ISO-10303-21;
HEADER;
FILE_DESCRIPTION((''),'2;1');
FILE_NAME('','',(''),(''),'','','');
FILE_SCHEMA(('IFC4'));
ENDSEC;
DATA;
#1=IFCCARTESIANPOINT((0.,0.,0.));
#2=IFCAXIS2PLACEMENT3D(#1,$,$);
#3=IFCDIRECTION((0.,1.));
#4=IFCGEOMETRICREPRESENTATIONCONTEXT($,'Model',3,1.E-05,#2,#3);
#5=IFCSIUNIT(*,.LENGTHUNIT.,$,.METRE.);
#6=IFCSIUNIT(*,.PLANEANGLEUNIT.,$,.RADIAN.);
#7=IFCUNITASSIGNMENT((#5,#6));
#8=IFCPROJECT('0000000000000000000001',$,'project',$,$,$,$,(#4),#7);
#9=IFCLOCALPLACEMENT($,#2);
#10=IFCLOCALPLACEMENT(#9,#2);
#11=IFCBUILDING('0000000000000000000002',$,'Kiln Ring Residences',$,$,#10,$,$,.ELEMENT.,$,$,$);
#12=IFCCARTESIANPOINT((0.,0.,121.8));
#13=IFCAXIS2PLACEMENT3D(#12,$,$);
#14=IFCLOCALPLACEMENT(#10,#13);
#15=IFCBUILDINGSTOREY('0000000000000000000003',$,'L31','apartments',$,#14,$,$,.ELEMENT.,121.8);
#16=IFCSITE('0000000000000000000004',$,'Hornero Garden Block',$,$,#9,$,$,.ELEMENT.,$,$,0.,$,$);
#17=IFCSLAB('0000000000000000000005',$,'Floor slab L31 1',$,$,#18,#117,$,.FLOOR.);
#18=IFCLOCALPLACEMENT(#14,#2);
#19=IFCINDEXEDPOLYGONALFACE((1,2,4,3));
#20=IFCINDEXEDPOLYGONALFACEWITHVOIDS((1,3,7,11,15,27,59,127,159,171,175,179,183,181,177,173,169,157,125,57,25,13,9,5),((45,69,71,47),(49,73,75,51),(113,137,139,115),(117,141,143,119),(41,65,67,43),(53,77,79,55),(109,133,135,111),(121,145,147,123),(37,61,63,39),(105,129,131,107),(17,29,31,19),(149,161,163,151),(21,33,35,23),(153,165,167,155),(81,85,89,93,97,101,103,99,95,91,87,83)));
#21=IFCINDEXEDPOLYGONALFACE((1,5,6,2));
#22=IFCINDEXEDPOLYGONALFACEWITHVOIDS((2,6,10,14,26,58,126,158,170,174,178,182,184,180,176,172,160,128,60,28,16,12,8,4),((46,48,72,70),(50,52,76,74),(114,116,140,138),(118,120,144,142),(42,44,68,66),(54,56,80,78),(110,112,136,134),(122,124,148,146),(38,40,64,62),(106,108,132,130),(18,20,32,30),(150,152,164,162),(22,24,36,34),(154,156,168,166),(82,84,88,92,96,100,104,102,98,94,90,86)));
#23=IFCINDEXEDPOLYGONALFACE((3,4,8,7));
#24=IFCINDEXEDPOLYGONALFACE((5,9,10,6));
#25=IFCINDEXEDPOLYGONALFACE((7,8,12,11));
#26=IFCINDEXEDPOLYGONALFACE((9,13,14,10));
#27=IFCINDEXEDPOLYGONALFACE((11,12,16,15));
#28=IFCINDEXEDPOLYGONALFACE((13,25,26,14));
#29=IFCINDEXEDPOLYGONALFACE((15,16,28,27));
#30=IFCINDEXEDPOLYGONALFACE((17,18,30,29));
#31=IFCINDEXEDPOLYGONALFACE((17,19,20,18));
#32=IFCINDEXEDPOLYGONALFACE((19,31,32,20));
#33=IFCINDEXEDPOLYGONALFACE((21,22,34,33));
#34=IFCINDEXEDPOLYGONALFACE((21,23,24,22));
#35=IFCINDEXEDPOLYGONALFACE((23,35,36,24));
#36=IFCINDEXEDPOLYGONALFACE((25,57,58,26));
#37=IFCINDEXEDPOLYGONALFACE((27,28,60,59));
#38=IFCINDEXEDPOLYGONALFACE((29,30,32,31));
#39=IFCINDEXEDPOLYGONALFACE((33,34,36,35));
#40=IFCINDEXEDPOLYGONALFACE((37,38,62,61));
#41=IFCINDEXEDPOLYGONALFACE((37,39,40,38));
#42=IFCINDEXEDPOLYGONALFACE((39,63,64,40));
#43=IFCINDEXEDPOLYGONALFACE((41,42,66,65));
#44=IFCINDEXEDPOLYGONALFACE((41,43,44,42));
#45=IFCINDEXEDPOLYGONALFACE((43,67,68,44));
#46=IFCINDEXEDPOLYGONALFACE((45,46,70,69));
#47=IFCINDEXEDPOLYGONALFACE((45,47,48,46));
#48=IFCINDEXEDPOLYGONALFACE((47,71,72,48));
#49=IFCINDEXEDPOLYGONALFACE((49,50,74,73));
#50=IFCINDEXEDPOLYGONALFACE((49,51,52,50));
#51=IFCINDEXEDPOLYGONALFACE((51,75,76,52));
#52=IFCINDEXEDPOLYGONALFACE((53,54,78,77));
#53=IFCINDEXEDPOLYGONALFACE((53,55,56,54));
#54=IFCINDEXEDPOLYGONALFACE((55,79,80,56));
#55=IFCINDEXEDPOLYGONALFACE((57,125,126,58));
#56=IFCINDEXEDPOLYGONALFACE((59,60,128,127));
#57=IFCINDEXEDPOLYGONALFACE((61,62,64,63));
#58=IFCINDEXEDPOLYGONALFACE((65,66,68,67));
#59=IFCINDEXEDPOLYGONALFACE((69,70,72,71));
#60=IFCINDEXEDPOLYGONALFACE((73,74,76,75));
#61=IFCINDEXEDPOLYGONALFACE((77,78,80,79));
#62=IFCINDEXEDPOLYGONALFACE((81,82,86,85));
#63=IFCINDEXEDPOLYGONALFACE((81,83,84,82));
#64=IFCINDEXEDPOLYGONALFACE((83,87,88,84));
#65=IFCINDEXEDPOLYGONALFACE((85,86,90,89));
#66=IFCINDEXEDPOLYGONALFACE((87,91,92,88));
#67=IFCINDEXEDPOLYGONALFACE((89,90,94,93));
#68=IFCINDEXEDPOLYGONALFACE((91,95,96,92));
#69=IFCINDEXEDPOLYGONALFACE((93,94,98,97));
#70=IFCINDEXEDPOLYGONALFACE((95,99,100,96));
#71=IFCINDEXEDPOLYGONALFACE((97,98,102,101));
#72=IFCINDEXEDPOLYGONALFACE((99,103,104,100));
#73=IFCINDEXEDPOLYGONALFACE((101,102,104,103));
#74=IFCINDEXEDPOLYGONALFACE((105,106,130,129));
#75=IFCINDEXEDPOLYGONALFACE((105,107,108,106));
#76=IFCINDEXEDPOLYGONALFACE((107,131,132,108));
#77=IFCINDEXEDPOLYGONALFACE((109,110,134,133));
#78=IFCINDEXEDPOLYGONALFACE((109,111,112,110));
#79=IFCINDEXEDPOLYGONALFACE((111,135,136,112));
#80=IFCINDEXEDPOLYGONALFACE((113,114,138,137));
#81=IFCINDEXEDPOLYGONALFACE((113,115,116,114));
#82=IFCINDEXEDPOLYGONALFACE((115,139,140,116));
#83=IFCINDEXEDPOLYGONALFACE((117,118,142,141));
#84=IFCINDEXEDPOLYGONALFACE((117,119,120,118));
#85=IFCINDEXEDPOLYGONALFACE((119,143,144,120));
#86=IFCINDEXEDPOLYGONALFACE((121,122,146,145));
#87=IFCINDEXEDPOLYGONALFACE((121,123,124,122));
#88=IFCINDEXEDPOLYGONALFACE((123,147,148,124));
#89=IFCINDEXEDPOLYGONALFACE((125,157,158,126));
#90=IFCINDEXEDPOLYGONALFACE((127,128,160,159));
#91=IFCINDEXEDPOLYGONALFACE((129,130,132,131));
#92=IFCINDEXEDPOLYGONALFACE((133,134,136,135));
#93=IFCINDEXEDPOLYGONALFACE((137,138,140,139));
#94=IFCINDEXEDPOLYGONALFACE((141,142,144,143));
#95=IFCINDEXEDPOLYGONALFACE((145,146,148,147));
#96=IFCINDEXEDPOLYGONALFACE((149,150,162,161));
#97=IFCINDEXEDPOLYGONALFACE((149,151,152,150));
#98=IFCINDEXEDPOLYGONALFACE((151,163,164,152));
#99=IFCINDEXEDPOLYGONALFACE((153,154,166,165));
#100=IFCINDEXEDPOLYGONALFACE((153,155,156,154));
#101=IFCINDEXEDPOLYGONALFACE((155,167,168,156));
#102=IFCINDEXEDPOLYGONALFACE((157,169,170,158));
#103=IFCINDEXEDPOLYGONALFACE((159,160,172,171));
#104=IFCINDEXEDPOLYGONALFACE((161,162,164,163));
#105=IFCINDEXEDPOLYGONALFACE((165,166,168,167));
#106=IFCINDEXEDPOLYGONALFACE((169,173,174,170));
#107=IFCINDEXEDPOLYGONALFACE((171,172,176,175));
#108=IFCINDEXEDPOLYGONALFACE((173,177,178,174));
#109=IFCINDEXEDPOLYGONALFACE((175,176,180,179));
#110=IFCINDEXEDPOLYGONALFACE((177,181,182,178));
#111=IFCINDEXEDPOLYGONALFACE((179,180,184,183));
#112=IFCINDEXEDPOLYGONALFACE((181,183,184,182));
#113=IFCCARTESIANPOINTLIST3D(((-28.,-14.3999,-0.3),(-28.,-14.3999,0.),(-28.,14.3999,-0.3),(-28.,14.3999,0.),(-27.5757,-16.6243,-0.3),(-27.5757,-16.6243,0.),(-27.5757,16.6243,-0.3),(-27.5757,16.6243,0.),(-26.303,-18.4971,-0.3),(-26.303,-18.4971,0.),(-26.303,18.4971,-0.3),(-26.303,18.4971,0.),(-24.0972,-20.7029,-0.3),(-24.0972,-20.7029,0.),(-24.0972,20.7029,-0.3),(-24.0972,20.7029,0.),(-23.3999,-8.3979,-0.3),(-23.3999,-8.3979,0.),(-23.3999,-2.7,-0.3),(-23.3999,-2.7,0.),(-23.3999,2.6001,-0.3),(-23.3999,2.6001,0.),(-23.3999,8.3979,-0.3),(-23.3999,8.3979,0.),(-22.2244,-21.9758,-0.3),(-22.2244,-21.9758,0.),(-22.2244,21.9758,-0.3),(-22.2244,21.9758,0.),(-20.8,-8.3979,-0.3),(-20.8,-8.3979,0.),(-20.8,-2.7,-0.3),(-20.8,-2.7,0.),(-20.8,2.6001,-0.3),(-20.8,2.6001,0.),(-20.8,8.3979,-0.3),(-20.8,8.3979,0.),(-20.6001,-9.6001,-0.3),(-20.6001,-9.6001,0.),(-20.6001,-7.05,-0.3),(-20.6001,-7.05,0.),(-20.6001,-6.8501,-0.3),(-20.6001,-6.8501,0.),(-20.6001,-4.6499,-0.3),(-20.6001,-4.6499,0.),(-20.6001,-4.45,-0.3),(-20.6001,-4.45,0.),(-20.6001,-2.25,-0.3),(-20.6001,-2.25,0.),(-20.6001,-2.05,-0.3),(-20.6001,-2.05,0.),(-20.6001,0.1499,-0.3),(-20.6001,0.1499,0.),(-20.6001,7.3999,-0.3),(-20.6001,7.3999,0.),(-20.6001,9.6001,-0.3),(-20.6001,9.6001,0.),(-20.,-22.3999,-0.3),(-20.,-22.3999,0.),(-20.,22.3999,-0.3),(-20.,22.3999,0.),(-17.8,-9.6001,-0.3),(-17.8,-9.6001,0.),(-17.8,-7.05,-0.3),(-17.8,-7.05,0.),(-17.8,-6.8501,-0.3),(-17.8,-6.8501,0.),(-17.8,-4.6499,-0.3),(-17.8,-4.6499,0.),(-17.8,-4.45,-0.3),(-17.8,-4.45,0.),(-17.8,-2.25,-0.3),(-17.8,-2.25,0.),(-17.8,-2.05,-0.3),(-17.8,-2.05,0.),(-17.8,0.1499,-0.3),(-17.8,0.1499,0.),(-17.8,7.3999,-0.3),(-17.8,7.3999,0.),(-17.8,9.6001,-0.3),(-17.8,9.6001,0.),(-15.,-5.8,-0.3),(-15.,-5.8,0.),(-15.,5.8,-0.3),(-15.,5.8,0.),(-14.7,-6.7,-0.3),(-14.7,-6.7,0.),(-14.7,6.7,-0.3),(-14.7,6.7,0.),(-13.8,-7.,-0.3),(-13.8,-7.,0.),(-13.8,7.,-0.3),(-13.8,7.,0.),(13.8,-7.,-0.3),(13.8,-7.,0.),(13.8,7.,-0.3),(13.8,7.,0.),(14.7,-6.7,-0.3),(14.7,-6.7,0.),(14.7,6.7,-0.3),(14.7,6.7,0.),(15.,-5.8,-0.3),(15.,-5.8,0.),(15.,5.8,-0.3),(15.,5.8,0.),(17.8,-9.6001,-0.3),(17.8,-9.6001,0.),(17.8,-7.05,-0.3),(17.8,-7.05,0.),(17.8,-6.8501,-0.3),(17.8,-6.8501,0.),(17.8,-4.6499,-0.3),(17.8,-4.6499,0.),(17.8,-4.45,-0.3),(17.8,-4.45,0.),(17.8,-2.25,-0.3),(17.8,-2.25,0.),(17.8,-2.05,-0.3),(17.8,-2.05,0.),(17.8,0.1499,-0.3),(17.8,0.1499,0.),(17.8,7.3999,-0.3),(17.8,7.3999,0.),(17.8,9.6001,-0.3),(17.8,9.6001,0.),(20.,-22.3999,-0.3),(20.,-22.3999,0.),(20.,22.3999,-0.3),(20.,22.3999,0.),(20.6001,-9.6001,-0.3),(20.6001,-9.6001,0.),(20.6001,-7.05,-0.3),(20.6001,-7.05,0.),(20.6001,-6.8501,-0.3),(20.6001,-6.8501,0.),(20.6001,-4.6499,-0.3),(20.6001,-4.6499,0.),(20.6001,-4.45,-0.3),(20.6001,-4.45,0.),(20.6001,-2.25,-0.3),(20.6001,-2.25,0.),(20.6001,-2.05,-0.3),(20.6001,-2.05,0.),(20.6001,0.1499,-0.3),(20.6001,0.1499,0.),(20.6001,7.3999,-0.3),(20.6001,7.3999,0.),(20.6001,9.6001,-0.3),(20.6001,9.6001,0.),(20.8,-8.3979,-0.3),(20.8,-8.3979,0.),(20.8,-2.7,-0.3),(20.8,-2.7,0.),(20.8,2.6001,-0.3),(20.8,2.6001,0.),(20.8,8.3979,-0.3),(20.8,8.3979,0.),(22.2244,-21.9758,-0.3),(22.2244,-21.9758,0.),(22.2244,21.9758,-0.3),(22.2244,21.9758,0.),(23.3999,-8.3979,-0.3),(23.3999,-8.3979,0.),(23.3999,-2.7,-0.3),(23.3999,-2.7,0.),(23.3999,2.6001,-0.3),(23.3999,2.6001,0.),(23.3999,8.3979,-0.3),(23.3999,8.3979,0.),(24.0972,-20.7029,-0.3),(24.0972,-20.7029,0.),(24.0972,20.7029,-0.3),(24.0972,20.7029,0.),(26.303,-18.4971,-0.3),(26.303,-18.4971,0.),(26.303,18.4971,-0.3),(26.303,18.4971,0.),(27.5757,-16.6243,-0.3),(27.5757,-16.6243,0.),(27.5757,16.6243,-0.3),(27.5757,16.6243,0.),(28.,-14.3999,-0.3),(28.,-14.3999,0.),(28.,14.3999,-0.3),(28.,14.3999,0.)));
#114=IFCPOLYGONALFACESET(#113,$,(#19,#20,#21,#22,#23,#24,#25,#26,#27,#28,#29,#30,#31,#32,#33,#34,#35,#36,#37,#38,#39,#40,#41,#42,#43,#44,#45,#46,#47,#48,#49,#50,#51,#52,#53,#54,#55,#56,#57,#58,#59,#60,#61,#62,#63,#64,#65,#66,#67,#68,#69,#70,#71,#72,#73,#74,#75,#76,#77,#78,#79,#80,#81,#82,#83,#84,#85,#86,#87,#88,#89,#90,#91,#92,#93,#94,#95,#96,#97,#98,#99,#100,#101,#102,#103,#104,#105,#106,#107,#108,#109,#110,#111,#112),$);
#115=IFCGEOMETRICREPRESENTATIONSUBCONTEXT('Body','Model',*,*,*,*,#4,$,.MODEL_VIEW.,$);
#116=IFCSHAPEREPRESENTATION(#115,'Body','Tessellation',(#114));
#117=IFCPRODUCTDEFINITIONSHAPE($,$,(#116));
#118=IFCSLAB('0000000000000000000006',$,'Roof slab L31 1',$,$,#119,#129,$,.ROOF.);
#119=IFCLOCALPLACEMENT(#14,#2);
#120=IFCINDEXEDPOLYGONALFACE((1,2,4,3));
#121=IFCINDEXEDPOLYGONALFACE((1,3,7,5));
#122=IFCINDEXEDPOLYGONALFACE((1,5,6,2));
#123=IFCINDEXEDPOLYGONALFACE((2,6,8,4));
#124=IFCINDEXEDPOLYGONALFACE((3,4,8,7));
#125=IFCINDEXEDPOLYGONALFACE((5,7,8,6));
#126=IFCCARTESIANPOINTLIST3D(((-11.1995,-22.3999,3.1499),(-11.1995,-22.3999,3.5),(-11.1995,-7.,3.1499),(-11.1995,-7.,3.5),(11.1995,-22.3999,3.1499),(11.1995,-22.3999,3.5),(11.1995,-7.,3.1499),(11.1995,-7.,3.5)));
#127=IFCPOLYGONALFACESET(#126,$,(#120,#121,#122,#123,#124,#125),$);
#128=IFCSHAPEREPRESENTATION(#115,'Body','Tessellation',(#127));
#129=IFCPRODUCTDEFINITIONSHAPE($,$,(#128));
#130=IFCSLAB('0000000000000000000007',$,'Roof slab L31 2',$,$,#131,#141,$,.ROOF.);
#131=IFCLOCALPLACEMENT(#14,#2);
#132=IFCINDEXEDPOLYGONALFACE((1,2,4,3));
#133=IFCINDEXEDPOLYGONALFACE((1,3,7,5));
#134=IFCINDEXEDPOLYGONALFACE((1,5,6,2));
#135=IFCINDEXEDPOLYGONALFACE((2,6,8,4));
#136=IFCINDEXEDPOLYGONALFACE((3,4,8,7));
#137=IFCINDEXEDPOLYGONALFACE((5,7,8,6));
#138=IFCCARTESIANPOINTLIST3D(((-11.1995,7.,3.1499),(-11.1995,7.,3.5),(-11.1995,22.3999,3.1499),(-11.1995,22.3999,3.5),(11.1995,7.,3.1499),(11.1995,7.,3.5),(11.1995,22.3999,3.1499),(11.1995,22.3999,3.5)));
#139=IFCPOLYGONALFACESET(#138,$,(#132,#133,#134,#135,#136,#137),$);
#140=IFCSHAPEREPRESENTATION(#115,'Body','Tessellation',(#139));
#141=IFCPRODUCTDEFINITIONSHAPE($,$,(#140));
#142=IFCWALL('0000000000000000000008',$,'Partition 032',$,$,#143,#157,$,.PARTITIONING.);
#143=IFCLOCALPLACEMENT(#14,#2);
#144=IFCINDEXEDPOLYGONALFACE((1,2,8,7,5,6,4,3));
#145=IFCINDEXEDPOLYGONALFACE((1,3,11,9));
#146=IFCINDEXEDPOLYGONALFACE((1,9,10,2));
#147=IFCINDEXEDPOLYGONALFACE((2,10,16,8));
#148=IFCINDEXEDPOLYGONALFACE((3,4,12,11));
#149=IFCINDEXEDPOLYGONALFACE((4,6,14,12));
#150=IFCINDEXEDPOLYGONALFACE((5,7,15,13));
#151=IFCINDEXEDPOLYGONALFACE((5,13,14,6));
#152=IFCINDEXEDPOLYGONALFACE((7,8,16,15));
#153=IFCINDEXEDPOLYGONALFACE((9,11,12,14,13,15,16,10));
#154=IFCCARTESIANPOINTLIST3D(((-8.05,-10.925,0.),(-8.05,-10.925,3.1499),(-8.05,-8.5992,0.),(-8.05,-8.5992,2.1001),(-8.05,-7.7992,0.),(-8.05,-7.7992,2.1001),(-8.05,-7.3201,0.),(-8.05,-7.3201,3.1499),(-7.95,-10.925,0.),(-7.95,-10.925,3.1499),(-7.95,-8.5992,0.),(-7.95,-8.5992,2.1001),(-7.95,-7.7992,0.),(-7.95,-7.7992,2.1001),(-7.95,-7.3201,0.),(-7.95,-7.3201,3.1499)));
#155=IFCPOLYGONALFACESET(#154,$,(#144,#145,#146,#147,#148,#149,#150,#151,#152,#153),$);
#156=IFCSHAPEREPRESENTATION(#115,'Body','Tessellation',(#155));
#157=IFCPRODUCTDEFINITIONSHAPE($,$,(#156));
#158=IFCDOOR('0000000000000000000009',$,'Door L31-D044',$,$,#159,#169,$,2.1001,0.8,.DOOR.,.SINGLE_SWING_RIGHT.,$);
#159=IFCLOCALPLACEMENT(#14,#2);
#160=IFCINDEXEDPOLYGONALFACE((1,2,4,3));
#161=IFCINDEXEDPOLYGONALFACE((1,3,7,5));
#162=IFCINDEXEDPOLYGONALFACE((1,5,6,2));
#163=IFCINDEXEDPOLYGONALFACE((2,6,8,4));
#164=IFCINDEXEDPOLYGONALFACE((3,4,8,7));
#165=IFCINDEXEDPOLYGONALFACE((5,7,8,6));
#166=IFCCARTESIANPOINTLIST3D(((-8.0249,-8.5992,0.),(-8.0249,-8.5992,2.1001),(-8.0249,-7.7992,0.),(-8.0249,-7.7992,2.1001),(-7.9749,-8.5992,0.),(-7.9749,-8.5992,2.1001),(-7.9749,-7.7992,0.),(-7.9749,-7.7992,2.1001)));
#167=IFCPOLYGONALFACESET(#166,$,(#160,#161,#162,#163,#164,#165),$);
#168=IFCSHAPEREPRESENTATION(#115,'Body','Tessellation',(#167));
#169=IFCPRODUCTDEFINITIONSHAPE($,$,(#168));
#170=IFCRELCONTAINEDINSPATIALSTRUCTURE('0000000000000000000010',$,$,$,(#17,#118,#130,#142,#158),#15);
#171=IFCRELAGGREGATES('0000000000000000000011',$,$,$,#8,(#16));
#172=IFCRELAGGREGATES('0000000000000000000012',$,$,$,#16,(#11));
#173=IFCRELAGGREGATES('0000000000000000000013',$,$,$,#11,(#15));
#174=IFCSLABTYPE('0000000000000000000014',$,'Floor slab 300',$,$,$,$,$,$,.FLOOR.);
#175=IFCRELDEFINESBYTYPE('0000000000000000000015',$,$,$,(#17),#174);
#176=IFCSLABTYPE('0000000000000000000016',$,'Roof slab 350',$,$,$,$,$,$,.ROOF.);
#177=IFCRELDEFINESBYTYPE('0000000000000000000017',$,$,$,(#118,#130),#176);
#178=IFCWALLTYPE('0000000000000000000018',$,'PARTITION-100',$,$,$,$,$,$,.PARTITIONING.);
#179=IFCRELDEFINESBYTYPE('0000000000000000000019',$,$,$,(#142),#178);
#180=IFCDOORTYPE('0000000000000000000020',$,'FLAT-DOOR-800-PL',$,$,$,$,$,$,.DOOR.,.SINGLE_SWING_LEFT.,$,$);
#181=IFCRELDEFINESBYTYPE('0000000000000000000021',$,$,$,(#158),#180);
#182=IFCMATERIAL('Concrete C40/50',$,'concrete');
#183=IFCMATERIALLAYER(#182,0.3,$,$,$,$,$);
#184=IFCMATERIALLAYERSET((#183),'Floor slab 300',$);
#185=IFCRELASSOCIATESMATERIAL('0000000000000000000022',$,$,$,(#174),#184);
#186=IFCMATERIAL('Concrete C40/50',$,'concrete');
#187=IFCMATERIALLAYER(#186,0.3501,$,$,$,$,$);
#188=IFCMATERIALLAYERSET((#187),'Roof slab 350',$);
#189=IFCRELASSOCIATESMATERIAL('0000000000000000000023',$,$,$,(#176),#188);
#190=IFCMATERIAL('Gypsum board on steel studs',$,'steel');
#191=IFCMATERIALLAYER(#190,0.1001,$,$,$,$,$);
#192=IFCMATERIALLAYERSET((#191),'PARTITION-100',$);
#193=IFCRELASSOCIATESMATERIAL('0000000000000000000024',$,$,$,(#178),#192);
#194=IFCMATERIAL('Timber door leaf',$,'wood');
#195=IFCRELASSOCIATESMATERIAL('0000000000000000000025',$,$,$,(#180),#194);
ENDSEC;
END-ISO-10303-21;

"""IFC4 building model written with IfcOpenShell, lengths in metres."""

from ifc_helpers import new_model, si_unit, direction, frame, frame_2d, origin, place, context, subcontext, project, spatial, polyline, rectangle, outline, extrude, material, layer, layer_set, type_object, element, fill, save


model = new_model("IFC4")

# Units and contexts
model_context = context("Model", 3, precision=1e-05, world=origin(), true_north=direction((0.0, 1.0)))
body_context = subcontext(model_context, "Body", "Model", "MODEL_VIEW")
ifc_project = project(units=[si_unit("LENGTHUNIT", "METRE"), si_unit("PLANEANGLEUNIT", "RADIAN")], contexts=[model_context])

# Site, building, storey
site_placement = place(None, origin())
site = spatial("IfcSite", under=ifc_project, at=site_placement, Name="Hornero Garden Block", CompositionType="ELEMENT", RefElevation=0.0)
building_placement = place(site_placement, origin())
building = spatial("IfcBuilding", under=site, at=building_placement, Name="Kiln Ring Residences", CompositionType="ELEMENT")
storey_placement = place(building_placement, frame((0.0, 0.0, 121.8)))
storey = spatial("IfcBuildingStorey", under=building, at=storey_placement, Name="L31", Description="apartments", CompositionType="ELEMENT", Elevation=121.8)

# Slabs
ifc_material_1 = material(Name="Concrete C40/50", Category="concrete")
ifc_layer_1 = layer(ifc_material_1, 0.3)
ifc_layer_set_1 = layer_set([ifc_layer_1], Name="Floor slab 300")
slab_type_1 = type_object("IfcSlabType", Name="Floor slab 300", PredefinedType="FLOOR", material=ifc_layer_set_1)
slab_1_placement = place(storey_placement, frame((0.0, 0.0, -0.3)))
element("IfcSlab", 1, at=slab_1_placement, inside=storey, type_object=slab_type_1, Name="Floor slab L31 1", PredefinedType="FLOOR", context=body_context, shape_type="SweptSolid", body=[
    extrude(outline(polyline([(-26.303, -18.4971), (-24.0972, -20.7029), (-22.2244, -21.9758), (-20.0, -22.3999), (20.0, -22.3999), (22.2244, -21.9758), (24.0972, -20.7029), (26.303, -18.4971), (27.5757, -16.6243), (28.0, -14.3999), (28.0, 14.3999), (27.5757, 16.6243), (26.303, 18.4971), (24.0972, 20.7029), (22.2244, 21.9758), (20.0, 22.3999), (-20.0, 22.3999), (-22.2244, 21.9758), (-24.0972, 20.7029), (-26.303, 18.4971), (-27.5757, 16.6243), (-28.0, 14.3999), (-28.0, -14.3999), (-27.5757, -16.6243), (-26.303, -18.4971)]), holes=[polyline([(-14.7, -6.7), (-15.0, -5.8), (-15.0, 5.8), (-14.7, 6.7), (-13.8, 7.0), (13.8, 7.0), (14.7, 6.7), (15.0, 5.8), (15.0, -5.8), (14.7, -6.7), (13.8, -7.0), (-13.8, -7.0), (-14.7, -6.7)]), polyline([(20.8, -8.3979), (20.8, -2.7), (23.3999, -2.7), (23.3999, -8.3979), (20.8, -8.3979)]), polyline([(20.8, 2.6001), (20.8, 8.3979), (23.3999, 8.3979), (23.3999, 2.6001), (20.8, 2.6001)]), polyline([(17.8, -6.8501), (17.8, -4.6499), (20.6001, -4.6499), (20.6001, -6.8501), (17.8, -6.8501)]), polyline([(17.8, -4.45), (17.8, -2.25), (20.6001, -2.25), (20.6001, -4.45), (17.8, -4.45)]), polyline([(17.8, -2.05), (17.8, 0.1499), (20.6001, 0.1499), (20.6001, -2.05), (17.8, -2.05)]), polyline([(17.8, 7.3999), (17.8, 9.6001), (20.6001, 9.6001), (20.6001, 7.3999), (17.8, 7.3999)]), polyline([(20.6001, -9.6001), (17.8, -9.6001), (17.8, -7.05), (20.6001, -7.05), (20.6001, -9.6001)]), polyline([(-17.8, -7.05), (-17.8, -9.6001), (-20.6001, -9.6001), (-20.6001, -7.05), (-17.8, -7.05)]), polyline([(-17.8, -6.8501), (-20.6001, -6.8501), (-20.6001, -4.6499), (-17.8, -4.6499), (-17.8, -6.8501)]), polyline([(-17.8, -4.45), (-20.6001, -4.45), (-20.6001, -2.25), (-17.8, -2.25), (-17.8, -4.45)]), polyline([(-17.8, -2.05), (-20.6001, -2.05), (-20.6001, 0.1499), (-17.8, 0.1499), (-17.8, -2.05)]), polyline([(-17.8, 7.3999), (-20.6001, 7.3999), (-20.6001, 9.6001), (-17.8, 9.6001), (-17.8, 7.3999)]), polyline([(-20.8, -8.3979), (-23.3999, -8.3979), (-23.3999, -2.7), (-20.8, -2.7), (-20.8, -8.3979)]), polyline([(-20.8, 2.6001), (-23.3999, 2.6001), (-23.3999, 8.3979), (-20.8, 8.3979), (-20.8, 2.6001)])]), origin(), (0.0, 0.0, 1.0), 0.3),
])
ifc_material_2 = material(Name="Concrete C40/50", Category="concrete")
ifc_layer_2 = layer(ifc_material_2, 0.3501)
ifc_layer_set_2 = layer_set([ifc_layer_2], Name="Roof slab 350")
slab_type_2 = type_object("IfcSlabType", Name="Roof slab 350", PredefinedType="ROOF", material=ifc_layer_set_2)
placement = place(storey_placement, frame((0.0, 0.0, 3.1499)))
element("IfcSlab", 2, at=placement, inside=storey, type_object=slab_type_2, Name="Roof slab L31 1", PredefinedType="ROOF", context=body_context, shape_type="SweptSolid", body=[
    extrude(outline(polyline([(11.1995, -22.3999), (11.1995, -7.0), (-11.1995, -7.0), (-11.1995, -22.3999), (11.1995, -22.3999)])), origin(), (0.0, 0.0, 1.0), 0.3501),
])
element("IfcSlab", 3, at=placement, inside=storey, type_object=slab_type_2, Name="Roof slab L31 2", PredefinedType="ROOF", context=body_context, shape_type="SweptSolid", body=[
    extrude(outline(polyline([(-11.1995, 22.3999), (-11.1995, 7.0), (11.1995, 7.0), (11.1995, 22.3999), (-11.1995, 22.3999)])), origin(), (0.0, 0.0, 1.0), 0.3501),
])

# Wall, opening, door
ifc_material_3 = material(Name="Gypsum board on steel studs", Category="steel")
ifc_layer_3 = layer(ifc_material_3, 0.1001)
ifc_layer_set_3 = layer_set([ifc_layer_3], Name="PARTITION-100")
wall_type_1 = type_object("IfcWallType", Name="PARTITION-100", PredefinedType="PARTITIONING", material=ifc_layer_set_3)
wall_1_placement = place(storey_placement, frame((-8.0, -10.925, 0.0), z_axis=(0.0, 0.0, 1.0), x_axis=(0.0, 1.0, 0.0)))
wall_1 = element("IfcWall", 4, at=wall_1_placement, inside=storey, type_object=wall_type_1, Name="Partition 032", PredefinedType="PARTITIONING", context=body_context, shape_type="SweptSolid", body=[
    extrude(rectangle(XDim=3.605, YDim=0.1001, at=frame_2d((1.8025, 0.0))), origin(), (0.0, 0.0, 1.0), 3.1499),
])
opening_placement = place(wall_1_placement, frame((2.3259, 0.0, 0.0)))
opening = element("IfcOpeningElement", 5, at=opening_placement, cuts=wall_1, PredefinedType="OPENING", context=body_context, shape_type="SweptSolid", body=[
    extrude(rectangle(XDim=0.8, YDim=2.1001, at=frame_2d((0.3999, 1.05))), frame((0.0, 0.0601, 0.0), z_axis=(0.0, -1.0, 0.0), x_axis=(1.0, 0.0, 0.0)), (0.0, 0.0, 1.0), 0.1201),
])
ifc_material_4 = material(Name="Timber door leaf", Category="wood")
door_type = type_object("IfcDoorType", Name="FLAT-DOOR-800-PL", OperationType="SINGLE_SWING_LEFT", PredefinedType="DOOR", material=ifc_material_4)
door_placement = place(opening_placement, origin())
door = element("IfcDoor", 6, at=door_placement, inside=storey, type_object=door_type, Name="Door L31-D044", OperationType="SINGLE_SWING_RIGHT", OverallHeight=2.1001, OverallWidth=0.8, PredefinedType="DOOR", context=body_context, shape_type="SweptSolid", body=[
    extrude(rectangle(XDim=0.8, YDim=2.1001, at=frame_2d((0.3999, 1.05))), frame((0.0, 0.0249, 0.0), z_axis=(0.0, -1.0, 0.0), x_axis=(1.0, 0.0, 0.0)), (0.0, 0.0, 1.0), 0.05),
])
fill(opening, door)

save(model, "model.ifc")
